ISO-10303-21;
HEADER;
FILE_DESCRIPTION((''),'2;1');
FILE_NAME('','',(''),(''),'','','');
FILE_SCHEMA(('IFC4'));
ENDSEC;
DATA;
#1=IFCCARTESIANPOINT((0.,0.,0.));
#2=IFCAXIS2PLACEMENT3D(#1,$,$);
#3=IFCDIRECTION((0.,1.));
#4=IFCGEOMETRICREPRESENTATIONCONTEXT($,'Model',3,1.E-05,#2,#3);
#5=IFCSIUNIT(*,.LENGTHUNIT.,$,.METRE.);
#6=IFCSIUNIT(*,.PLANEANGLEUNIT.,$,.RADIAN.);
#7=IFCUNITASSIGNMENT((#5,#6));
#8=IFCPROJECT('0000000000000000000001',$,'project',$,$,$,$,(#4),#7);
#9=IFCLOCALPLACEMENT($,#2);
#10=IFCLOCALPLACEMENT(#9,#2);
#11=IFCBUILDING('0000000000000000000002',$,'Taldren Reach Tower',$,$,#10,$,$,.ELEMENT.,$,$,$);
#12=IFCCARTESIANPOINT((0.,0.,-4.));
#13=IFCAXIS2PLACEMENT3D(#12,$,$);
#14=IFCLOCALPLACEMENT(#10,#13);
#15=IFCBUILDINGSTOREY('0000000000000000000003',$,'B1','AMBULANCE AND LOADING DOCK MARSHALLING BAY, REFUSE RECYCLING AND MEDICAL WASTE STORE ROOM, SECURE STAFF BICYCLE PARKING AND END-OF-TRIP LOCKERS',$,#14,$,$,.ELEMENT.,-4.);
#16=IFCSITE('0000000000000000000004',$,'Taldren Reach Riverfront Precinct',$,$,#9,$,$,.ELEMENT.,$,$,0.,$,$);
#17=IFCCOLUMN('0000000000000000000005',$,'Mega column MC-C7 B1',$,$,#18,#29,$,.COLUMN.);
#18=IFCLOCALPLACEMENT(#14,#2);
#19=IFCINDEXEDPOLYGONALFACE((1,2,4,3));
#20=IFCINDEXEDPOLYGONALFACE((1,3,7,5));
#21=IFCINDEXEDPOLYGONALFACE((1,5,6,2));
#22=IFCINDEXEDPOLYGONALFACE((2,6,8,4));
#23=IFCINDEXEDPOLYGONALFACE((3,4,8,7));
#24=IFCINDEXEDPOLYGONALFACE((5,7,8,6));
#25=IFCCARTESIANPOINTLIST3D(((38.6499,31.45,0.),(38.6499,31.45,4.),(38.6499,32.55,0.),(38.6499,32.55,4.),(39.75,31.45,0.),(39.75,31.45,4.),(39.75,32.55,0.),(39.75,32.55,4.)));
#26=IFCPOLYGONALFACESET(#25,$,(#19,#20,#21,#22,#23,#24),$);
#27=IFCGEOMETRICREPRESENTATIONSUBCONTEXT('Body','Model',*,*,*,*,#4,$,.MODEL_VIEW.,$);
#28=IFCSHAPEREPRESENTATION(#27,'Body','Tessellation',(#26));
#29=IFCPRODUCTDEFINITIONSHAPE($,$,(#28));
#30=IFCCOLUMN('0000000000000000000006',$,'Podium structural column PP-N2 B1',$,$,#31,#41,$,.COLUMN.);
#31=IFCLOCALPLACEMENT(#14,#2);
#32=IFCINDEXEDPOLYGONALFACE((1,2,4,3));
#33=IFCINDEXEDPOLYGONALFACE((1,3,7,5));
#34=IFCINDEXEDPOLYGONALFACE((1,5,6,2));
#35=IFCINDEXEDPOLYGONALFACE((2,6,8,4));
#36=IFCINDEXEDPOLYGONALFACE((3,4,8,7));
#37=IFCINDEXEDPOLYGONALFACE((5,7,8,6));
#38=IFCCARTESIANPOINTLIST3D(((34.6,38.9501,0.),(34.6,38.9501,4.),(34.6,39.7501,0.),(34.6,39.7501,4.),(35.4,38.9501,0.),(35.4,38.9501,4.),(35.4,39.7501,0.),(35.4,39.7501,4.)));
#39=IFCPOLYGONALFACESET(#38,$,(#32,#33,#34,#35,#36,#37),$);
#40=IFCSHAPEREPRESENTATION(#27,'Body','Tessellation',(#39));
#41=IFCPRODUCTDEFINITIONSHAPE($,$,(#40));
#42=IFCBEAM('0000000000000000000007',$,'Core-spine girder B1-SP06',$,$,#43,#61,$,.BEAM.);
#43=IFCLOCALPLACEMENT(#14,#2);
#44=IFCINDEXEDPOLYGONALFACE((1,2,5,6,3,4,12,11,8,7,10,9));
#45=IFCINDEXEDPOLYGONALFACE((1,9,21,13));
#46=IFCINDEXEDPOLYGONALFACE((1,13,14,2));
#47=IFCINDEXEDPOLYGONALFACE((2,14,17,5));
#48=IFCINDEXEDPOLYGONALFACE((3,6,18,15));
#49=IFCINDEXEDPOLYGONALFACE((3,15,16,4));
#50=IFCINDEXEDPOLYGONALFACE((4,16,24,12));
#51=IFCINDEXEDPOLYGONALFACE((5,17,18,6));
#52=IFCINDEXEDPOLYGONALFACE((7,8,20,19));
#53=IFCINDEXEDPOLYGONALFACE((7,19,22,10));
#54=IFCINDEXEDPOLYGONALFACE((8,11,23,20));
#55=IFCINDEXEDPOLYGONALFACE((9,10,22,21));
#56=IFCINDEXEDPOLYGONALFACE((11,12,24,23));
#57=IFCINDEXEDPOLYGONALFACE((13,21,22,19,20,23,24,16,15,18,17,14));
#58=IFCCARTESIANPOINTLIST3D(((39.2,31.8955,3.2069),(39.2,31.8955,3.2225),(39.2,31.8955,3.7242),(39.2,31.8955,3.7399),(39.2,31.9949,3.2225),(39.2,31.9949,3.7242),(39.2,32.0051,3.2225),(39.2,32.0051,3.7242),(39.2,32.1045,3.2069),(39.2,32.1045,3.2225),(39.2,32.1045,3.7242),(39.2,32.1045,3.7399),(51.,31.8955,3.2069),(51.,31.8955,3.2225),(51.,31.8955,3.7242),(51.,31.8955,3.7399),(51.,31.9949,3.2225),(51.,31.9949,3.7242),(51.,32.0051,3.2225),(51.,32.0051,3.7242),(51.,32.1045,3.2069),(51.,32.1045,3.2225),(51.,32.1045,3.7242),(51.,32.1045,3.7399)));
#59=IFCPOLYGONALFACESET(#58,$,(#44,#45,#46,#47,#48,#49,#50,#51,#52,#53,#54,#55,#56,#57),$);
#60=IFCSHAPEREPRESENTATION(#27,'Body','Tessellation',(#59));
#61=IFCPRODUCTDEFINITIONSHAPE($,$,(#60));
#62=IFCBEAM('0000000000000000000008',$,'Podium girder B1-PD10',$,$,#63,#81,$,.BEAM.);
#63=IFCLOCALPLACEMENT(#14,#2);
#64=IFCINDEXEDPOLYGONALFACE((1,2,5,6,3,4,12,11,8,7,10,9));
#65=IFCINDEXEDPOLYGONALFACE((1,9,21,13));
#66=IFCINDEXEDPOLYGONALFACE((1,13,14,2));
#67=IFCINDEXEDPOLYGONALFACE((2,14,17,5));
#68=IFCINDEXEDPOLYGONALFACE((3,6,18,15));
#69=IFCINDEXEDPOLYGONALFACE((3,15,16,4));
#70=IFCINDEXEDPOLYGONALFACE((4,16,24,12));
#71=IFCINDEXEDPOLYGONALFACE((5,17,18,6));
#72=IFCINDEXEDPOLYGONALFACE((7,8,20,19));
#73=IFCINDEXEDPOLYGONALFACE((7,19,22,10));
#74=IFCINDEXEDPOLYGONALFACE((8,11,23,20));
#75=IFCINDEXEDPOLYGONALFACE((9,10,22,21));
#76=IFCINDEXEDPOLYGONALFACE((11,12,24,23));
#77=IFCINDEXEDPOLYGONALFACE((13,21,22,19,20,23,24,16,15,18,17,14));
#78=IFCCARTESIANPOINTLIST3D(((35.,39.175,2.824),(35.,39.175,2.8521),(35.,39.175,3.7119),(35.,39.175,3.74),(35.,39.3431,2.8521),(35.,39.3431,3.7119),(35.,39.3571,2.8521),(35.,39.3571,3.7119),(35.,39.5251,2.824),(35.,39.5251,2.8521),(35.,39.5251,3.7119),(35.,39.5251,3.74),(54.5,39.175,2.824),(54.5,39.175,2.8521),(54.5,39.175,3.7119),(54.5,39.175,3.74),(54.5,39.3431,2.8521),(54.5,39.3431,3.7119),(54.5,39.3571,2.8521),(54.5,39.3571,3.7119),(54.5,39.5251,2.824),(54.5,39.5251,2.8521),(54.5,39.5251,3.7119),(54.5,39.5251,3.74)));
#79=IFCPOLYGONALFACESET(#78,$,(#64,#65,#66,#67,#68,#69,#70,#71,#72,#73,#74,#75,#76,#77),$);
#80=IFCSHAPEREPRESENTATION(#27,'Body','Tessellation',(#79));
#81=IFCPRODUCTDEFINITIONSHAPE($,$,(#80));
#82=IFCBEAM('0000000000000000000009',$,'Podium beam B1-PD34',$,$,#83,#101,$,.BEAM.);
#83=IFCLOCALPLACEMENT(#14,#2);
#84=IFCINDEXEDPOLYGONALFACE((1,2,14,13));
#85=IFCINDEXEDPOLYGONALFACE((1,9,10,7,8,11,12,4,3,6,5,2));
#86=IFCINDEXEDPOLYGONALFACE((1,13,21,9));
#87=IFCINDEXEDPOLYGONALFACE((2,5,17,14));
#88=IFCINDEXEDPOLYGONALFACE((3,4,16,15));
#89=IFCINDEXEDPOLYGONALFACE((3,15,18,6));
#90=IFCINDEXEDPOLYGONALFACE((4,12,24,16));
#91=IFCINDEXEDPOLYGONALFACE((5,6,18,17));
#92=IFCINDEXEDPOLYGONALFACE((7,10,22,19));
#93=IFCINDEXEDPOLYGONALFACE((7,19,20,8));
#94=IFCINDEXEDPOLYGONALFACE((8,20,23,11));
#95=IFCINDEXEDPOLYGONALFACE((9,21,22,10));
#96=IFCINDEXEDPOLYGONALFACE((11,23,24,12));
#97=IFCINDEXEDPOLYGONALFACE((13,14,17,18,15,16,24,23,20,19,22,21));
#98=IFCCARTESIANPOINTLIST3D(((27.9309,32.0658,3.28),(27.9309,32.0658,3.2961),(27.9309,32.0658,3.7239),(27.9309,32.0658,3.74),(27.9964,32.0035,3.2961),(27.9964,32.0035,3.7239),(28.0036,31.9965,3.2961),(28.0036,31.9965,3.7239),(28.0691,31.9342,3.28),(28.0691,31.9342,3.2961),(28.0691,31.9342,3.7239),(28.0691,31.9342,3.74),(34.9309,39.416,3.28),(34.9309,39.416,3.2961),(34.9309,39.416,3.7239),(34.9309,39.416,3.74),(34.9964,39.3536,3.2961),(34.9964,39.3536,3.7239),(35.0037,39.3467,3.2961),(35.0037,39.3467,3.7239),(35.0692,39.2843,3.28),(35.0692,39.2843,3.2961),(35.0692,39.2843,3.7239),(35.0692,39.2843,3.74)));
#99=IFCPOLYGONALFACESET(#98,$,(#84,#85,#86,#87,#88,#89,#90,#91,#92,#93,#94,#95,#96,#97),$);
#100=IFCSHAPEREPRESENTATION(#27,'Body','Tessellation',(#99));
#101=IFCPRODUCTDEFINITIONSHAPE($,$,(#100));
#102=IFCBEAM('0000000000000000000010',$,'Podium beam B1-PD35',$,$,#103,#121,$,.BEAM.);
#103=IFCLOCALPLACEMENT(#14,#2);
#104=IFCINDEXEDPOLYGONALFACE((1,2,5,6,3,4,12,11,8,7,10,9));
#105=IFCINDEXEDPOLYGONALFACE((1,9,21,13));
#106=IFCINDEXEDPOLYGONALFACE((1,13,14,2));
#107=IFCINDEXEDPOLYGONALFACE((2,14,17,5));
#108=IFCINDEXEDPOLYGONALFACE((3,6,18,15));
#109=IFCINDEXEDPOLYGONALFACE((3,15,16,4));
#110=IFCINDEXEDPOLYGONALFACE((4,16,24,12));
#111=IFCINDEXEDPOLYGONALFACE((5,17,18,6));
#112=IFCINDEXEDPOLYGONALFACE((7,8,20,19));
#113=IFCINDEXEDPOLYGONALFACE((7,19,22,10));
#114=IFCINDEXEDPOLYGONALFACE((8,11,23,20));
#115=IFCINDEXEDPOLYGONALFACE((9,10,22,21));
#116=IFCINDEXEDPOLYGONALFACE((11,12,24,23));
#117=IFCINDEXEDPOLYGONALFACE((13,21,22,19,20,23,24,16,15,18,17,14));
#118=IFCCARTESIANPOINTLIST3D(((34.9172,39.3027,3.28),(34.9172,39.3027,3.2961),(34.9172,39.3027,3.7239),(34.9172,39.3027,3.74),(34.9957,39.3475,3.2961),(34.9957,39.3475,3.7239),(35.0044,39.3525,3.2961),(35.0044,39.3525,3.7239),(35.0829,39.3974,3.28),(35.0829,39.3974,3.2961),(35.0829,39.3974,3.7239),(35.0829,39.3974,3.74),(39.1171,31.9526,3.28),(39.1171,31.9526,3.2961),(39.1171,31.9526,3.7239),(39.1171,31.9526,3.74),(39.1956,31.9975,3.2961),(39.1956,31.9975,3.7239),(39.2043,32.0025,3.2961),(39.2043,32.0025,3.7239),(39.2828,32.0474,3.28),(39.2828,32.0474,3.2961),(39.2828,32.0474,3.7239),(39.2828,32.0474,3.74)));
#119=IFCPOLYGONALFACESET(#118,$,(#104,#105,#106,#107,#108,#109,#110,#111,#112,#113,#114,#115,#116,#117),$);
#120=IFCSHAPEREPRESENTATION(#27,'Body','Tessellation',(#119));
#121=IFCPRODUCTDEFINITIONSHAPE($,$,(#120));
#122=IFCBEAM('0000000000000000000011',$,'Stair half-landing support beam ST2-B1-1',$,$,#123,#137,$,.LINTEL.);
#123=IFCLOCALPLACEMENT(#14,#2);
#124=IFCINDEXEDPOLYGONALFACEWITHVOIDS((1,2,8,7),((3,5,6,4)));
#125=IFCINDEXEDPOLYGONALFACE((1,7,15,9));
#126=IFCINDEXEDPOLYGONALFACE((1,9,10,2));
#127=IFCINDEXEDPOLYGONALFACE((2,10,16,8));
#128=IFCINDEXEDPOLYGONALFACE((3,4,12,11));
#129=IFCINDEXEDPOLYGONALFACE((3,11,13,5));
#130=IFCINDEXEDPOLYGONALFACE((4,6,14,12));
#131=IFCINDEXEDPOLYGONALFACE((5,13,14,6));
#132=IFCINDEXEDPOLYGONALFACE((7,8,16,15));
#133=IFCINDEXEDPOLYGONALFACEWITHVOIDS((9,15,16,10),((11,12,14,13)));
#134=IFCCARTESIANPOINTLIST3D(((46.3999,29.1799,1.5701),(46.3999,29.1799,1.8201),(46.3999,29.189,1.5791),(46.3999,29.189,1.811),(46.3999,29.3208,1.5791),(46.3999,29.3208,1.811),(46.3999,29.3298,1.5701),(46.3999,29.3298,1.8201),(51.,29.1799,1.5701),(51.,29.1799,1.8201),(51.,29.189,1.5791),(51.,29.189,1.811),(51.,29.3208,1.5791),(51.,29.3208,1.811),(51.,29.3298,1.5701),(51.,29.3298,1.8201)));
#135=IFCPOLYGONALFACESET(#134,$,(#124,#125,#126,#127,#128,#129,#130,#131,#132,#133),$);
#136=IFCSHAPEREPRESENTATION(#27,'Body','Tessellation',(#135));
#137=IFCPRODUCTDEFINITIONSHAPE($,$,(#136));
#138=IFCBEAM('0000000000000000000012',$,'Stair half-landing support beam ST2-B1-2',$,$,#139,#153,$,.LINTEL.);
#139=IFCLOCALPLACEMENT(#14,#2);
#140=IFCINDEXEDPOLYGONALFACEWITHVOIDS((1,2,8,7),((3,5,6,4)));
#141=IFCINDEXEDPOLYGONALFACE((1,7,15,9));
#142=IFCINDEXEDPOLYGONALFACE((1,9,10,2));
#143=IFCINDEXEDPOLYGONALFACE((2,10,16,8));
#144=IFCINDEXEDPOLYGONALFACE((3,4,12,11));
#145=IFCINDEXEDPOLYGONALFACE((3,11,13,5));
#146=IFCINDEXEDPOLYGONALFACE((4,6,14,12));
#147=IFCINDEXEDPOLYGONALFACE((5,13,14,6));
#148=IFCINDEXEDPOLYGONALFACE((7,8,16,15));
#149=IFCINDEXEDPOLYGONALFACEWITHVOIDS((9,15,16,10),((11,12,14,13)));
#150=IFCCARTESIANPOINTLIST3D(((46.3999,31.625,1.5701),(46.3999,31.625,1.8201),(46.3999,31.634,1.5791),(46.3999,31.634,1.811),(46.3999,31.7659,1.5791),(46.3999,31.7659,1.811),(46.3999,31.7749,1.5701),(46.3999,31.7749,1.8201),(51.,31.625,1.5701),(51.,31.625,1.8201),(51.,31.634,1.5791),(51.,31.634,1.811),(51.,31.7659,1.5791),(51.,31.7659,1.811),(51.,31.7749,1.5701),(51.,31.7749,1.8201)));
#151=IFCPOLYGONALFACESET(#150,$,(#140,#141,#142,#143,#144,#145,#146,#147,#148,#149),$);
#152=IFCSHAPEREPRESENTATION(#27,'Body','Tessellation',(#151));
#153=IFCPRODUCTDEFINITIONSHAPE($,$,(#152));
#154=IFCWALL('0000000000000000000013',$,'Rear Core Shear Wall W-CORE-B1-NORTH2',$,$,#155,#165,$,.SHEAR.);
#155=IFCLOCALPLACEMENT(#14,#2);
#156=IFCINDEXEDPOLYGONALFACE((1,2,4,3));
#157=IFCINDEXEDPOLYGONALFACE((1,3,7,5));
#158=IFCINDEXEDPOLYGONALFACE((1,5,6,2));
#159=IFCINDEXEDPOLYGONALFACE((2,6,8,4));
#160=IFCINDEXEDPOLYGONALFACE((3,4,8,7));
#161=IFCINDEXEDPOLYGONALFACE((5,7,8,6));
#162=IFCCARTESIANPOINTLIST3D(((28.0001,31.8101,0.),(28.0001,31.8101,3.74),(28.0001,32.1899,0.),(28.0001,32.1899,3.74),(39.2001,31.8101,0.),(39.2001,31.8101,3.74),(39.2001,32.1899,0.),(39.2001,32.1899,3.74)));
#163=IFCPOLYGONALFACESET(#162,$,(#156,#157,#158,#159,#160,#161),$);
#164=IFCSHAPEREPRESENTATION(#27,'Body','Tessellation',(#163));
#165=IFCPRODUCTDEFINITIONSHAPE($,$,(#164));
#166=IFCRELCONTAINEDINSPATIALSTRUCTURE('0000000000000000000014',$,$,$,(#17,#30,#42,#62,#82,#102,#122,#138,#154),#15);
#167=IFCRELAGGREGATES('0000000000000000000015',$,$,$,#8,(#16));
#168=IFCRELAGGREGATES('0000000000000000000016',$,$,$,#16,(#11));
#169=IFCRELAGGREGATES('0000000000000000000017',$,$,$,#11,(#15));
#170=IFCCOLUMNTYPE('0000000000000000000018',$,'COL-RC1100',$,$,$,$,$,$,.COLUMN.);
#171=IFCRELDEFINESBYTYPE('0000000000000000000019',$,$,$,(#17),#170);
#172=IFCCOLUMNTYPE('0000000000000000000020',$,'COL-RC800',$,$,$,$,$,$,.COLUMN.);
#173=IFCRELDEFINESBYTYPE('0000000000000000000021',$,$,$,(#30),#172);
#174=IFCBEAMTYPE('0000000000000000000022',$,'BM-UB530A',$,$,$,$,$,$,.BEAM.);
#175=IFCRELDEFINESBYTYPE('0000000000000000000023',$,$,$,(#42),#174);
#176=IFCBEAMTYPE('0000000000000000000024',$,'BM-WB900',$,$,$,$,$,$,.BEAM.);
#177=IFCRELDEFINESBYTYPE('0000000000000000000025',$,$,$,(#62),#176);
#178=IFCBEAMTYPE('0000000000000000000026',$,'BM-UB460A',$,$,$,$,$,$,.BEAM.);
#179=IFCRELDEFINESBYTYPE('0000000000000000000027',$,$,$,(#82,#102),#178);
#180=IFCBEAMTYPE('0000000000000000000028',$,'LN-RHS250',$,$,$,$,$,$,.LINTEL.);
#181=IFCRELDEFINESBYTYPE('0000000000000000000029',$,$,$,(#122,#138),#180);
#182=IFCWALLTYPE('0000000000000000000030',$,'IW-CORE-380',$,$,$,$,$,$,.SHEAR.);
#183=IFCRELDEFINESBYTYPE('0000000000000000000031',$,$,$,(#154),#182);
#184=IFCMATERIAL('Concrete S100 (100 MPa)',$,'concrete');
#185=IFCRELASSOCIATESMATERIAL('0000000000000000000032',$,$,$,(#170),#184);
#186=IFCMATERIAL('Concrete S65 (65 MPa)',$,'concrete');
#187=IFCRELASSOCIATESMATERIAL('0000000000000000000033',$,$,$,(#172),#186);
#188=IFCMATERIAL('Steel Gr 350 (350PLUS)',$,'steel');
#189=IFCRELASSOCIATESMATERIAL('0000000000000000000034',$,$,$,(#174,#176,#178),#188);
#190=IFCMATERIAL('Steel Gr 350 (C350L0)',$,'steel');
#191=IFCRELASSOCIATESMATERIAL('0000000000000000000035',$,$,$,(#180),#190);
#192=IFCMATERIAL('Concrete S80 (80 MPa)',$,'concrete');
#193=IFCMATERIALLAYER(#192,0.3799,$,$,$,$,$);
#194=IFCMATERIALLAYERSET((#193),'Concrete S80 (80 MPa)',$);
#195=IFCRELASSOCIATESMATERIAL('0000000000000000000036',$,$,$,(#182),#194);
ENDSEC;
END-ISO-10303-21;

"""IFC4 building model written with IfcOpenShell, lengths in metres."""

from ifc_helpers import new_model, si_unit, direction, frame, frame_2d, origin, origin_2d, place, context, subcontext, project, spatial, rectangle, hollow_rectangle, i_section, extrude, source, transform, mapped, material, layer, layer_set, material_profile, profile_set, type_object, element, save


model = new_model("IFC4")

# Units and contexts
model_context = context("Model", 3, precision=1e-05, world=origin(), true_north=direction((0.0, 1.0)))
body_context = subcontext(model_context, "Body", "Model", "MODEL_VIEW")
ifc_project = project(units=[si_unit("LENGTHUNIT", "METRE"), si_unit("PLANEANGLEUNIT", "RADIAN")], contexts=[model_context])

# Site, building, storey
site_placement = place(None, origin())
site = spatial("IfcSite", under=ifc_project, at=site_placement, Name="Taldren Reach Riverfront Precinct", CompositionType="ELEMENT", RefElevation=0.0)
building_placement = place(site_placement, origin())
building = spatial("IfcBuilding", under=site, at=building_placement, Name="Taldren Reach Tower", CompositionType="ELEMENT")
storey_placement = place(building_placement, frame((0.0, 0.0, -4.0)))
storey = spatial("IfcBuildingStorey", under=building, at=storey_placement, Name="B1", Description="AMBULANCE AND LOADING DOCK MARSHALLING BAY, REFUSE RECYCLING AND MEDICAL WASTE STORE ROOM, SECURE STAFF BICYCLE PARKING AND END-OF-TRIP LOCKERS", CompositionType="ELEMENT", Elevation=-4.0)

# Columns
ifc_material_1 = material(Name="Concrete S100 (100 MPa)", Category="concrete")
ifc_material_profile_1 = material_profile(ifc_material_1, rectangle(XDim=1.1001, YDim=1.1001, at=origin_2d()), Name="RC-1100x1100")
ifc_profile_set_1 = profile_set([ifc_material_profile_1], Name="Concrete S100 (100 MPa)")
column_type_1 = type_object("IfcColumnType", Name="COL-RC1100", PredefinedType="COLUMN", material=ifc_profile_set_1)
shared_shape_1 = source(origin(), body_context, "Body", "SweptSolid", [
    extrude(rectangle(XDim=1.1001, YDim=1.1001, at=origin_2d()), origin(), (0.0, 0.0, 1.0), 4.0),
])
column_1_placement = place(storey_placement, frame((39.2, 32.0, 0.0), z_axis=(0.0, 0.0, 1.0), x_axis=(1.0, 0.0, 0.0)))
element("IfcColumn", 1, at=column_1_placement, inside=storey, type_object=column_type_1, Name="Mega column MC-C7 B1", PredefinedType="COLUMN", context=body_context, shape_type="MappedRepresentation", body=[
    mapped(shared_shape_1, transform((0.0, 0.0, 0.0), scale=1.0)),
])
ifc_material_2 = material(Name="Concrete S65 (65 MPa)", Category="concrete")
ifc_material_profile_2 = material_profile(ifc_material_2, rectangle(XDim=0.8, YDim=0.8, at=origin_2d()), Name="RC-800x800")
ifc_profile_set_2 = profile_set([ifc_material_profile_2], Name="Concrete S65 (65 MPa)")
column_type_2 = type_object("IfcColumnType", Name="COL-RC800", PredefinedType="COLUMN", material=ifc_profile_set_2)
shared_shape_2 = source(origin(), body_context, "Body", "SweptSolid", [
    extrude(rectangle(XDim=0.8, YDim=0.8, at=origin_2d()), origin(), (0.0, 0.0, 1.0), 4.0),
])
column_2_placement = place(storey_placement, frame((35.0, 39.3501, 0.0), z_axis=(0.0, 0.0, 1.0), x_axis=(1.0, 0.0, 0.0)))
element("IfcColumn", 2, at=column_2_placement, inside=storey, type_object=column_type_2, Name="Podium structural column PP-N2 B1", PredefinedType="COLUMN", context=body_context, shape_type="MappedRepresentation", body=[
    mapped(shared_shape_2, transform((0.0, 0.0, 0.0), scale=1.0)),
])

# Beams
ifc_material_3 = material(Name="Steel Gr 350 (350PLUS)", Category="steel")
ifc_material_profile_3 = material_profile(ifc_material_3, i_section(OverallWidth=0.209, OverallDepth=0.533, WebThickness=0.0103, FlangeThickness=0.0156, at=origin_2d()), Name="530UB92.4")
ifc_profile_set_3 = profile_set([ifc_material_profile_3], Name="Steel Gr 350 (350PLUS)")
beam_type_1 = type_object("IfcBeamType", Name="BM-UB530A", PredefinedType="BEAM", material=ifc_profile_set_3)
shared_shape_3 = source(origin(), body_context, "Body", "SweptSolid", [
    extrude(i_section(OverallWidth=0.209, OverallDepth=0.533, WebThickness=0.0103, FlangeThickness=0.0156, at=origin_2d()), origin(), (0.0, 0.0, 1.0), 11.8),
])
beam_1_placement = place(storey_placement, frame((39.2, 32.0, 3.4734), z_axis=(1.0, 0.0, 0.0), x_axis=(0.0, 1.0, 0.0)))
element("IfcBeam", 3, at=beam_1_placement, inside=storey, type_object=beam_type_1, Name="Core-spine girder B1-SP06", PredefinedType="BEAM", context=body_context, shape_type="MappedRepresentation", body=[
    mapped(shared_shape_3, transform((0.0, 0.0, 0.0), scale=1.0)),
])
ifc_material_profile_4 = material_profile(ifc_material_3, i_section(OverallWidth=0.3501, OverallDepth=0.916, WebThickness=0.0139, FlangeThickness=0.0281, at=origin_2d()), Name="900WB257")
ifc_profile_set_4 = profile_set([ifc_material_profile_4], Name="Steel Gr 350 (350PLUS)")
beam_type_2 = type_object("IfcBeamType", Name="BM-WB900", PredefinedType="BEAM", material=ifc_profile_set_4)
shared_shape_4 = source(origin(), body_context, "Body", "SweptSolid", [
    extrude(i_section(OverallWidth=0.3501, OverallDepth=0.916, WebThickness=0.0139, FlangeThickness=0.0281, at=origin_2d()), origin(), (0.0, 0.0, 1.0), 19.5),
])
beam_2_placement = place(storey_placement, frame((35.0, 39.3501, 3.282), z_axis=(1.0, 0.0, 0.0), x_axis=(0.0, 1.0, 0.0)))
element("IfcBeam", 4, at=beam_2_placement, inside=storey, type_object=beam_type_2, Name="Podium girder B1-PD10", PredefinedType="BEAM", context=body_context, shape_type="MappedRepresentation", body=[
    mapped(shared_shape_4, transform((0.0, 0.0, 0.0), scale=1.0)),
])
ifc_material_profile_5 = material_profile(ifc_material_3, i_section(OverallWidth=0.1909, OverallDepth=0.46, WebThickness=0.01, FlangeThickness=0.0161, at=origin_2d()), Name="460UB82.1")
ifc_profile_set_5 = profile_set([ifc_material_profile_5], Name="Steel Gr 350 (350PLUS)")
beam_type_3 = type_object("IfcBeamType", Name="BM-UB460A", PredefinedType="BEAM", material=ifc_profile_set_5)
shared_shape_5 = source(origin(), body_context, "Body", "SweptSolid", [
    extrude(i_section(OverallWidth=0.1909, OverallDepth=0.46, WebThickness=0.01, FlangeThickness=0.0161, at=origin_2d()), origin(), (0.0, 0.0, 1.0), 10.1501),
])
beam_3_placement = place(storey_placement, frame((28.0, 32.0, 3.51), z_axis=(0.68965, 0.724143, 0.0), x_axis=(-0.724143, 0.68965, 0.0)))
element("IfcBeam", 5, at=beam_3_placement, inside=storey, type_object=beam_type_3, Name="Podium beam B1-PD34", PredefinedType="BEAM", context=body_context, shape_type="MappedRepresentation", body=[
    mapped(shared_shape_5, transform((0.0, 0.0, 0.0), scale=1.0)),
])
shared_shape_6 = source(origin(), body_context, "Body", "SweptSolid", [
    extrude(i_section(OverallWidth=0.1909, OverallDepth=0.46, WebThickness=0.01, FlangeThickness=0.0161, at=origin_2d()), origin(), (0.0, 0.0, 1.0), 8.4653),
])
beam_4_placement = place(storey_placement, frame((39.2, 32.0, 3.51), z_axis=(-0.49613, 0.868248, 0.0), x_axis=(-0.868248, -0.49613, 0.0)))
element("IfcBeam", 6, at=beam_4_placement, inside=storey, type_object=beam_type_3, Name="Podium beam B1-PD35", PredefinedType="BEAM", context=body_context, shape_type="MappedRepresentation", body=[
    mapped(shared_shape_6, transform((0.0, 0.0, 0.0), scale=1.0)),
])
ifc_material_4 = material(Name="Steel Gr 350 (C350L0)", Category="steel")
ifc_material_profile_6 = material_profile(ifc_material_4, hollow_rectangle(XDim=0.1499, YDim=0.25, WallThickness=0.009, at=origin_2d()), Name="250x150x9.0RHS")
ifc_profile_set_6 = profile_set([ifc_material_profile_6], Name="Steel Gr 350 (C350L0)")
beam_type_4 = type_object("IfcBeamType", Name="LN-RHS250", PredefinedType="LINTEL", material=ifc_profile_set_6)
shared_shape_7 = source(origin(), body_context, "Body", "SweptSolid", [
    extrude(hollow_rectangle(XDim=0.1499, YDim=0.25, WallThickness=0.009, at=origin_2d()), origin(), (0.0, 0.0, 1.0), 4.6001),
])
for number, where, z_axis, x_axis, name in (
    (7, (46.3999, 29.2549, 1.6951), (1.0, 0.0, 0.0), (0.0, 1.0, 0.0), "Stair half-landing support beam ST2-B1-1"),
    (8, (46.3999, 31.7, 1.6951), (1.0, 0.0, 0.0), (0.0, 1.0, 0.0), "Stair half-landing support beam ST2-B1-2"),
):
    element("IfcBeam", number, at=place(storey_placement, frame(where, z_axis=z_axis, x_axis=x_axis)), inside=storey, type_object=beam_type_4, Name=name, PredefinedType="LINTEL", context=body_context, shape_type="MappedRepresentation", body=[
        mapped(shared_shape_7, transform((0.0, 0.0, 0.0), scale=1.0)),
    ])

# Wall
ifc_material_5 = material(Name="Concrete S80 (80 MPa)", Category="concrete")
ifc_layer_1 = layer(ifc_material_5, 0.3799)
ifc_layer_set_1 = layer_set([ifc_layer_1], Name="Concrete S80 (80 MPa)")
wall_type_1 = type_object("IfcWallType", Name="IW-CORE-380", PredefinedType="SHEAR", material=ifc_layer_set_1)
shared_shape_8 = source(origin(), body_context, "Body", "SweptSolid", [
    extrude(rectangle(XDim=11.2, YDim=0.3799, at=frame_2d((5.6001, 0.0))), origin(), (0.0, 0.0, 1.0), 3.74),
])
wall_1_placement = place(storey_placement, frame((28.0, 32.0, 0.0), z_axis=(0.0, 0.0, 1.0), x_axis=(1.0, 0.0, 0.0)))
element("IfcWall", 9, at=wall_1_placement, inside=storey, type_object=wall_type_1, Name="Rear Core Shear Wall W-CORE-B1-NORTH2", PredefinedType="SHEAR", context=body_context, shape_type="MappedRepresentation", body=[
    mapped(shared_shape_8, transform((0.0, 0.0, 0.0), scale=1.0)),
])

save(model, "model.ifc")
